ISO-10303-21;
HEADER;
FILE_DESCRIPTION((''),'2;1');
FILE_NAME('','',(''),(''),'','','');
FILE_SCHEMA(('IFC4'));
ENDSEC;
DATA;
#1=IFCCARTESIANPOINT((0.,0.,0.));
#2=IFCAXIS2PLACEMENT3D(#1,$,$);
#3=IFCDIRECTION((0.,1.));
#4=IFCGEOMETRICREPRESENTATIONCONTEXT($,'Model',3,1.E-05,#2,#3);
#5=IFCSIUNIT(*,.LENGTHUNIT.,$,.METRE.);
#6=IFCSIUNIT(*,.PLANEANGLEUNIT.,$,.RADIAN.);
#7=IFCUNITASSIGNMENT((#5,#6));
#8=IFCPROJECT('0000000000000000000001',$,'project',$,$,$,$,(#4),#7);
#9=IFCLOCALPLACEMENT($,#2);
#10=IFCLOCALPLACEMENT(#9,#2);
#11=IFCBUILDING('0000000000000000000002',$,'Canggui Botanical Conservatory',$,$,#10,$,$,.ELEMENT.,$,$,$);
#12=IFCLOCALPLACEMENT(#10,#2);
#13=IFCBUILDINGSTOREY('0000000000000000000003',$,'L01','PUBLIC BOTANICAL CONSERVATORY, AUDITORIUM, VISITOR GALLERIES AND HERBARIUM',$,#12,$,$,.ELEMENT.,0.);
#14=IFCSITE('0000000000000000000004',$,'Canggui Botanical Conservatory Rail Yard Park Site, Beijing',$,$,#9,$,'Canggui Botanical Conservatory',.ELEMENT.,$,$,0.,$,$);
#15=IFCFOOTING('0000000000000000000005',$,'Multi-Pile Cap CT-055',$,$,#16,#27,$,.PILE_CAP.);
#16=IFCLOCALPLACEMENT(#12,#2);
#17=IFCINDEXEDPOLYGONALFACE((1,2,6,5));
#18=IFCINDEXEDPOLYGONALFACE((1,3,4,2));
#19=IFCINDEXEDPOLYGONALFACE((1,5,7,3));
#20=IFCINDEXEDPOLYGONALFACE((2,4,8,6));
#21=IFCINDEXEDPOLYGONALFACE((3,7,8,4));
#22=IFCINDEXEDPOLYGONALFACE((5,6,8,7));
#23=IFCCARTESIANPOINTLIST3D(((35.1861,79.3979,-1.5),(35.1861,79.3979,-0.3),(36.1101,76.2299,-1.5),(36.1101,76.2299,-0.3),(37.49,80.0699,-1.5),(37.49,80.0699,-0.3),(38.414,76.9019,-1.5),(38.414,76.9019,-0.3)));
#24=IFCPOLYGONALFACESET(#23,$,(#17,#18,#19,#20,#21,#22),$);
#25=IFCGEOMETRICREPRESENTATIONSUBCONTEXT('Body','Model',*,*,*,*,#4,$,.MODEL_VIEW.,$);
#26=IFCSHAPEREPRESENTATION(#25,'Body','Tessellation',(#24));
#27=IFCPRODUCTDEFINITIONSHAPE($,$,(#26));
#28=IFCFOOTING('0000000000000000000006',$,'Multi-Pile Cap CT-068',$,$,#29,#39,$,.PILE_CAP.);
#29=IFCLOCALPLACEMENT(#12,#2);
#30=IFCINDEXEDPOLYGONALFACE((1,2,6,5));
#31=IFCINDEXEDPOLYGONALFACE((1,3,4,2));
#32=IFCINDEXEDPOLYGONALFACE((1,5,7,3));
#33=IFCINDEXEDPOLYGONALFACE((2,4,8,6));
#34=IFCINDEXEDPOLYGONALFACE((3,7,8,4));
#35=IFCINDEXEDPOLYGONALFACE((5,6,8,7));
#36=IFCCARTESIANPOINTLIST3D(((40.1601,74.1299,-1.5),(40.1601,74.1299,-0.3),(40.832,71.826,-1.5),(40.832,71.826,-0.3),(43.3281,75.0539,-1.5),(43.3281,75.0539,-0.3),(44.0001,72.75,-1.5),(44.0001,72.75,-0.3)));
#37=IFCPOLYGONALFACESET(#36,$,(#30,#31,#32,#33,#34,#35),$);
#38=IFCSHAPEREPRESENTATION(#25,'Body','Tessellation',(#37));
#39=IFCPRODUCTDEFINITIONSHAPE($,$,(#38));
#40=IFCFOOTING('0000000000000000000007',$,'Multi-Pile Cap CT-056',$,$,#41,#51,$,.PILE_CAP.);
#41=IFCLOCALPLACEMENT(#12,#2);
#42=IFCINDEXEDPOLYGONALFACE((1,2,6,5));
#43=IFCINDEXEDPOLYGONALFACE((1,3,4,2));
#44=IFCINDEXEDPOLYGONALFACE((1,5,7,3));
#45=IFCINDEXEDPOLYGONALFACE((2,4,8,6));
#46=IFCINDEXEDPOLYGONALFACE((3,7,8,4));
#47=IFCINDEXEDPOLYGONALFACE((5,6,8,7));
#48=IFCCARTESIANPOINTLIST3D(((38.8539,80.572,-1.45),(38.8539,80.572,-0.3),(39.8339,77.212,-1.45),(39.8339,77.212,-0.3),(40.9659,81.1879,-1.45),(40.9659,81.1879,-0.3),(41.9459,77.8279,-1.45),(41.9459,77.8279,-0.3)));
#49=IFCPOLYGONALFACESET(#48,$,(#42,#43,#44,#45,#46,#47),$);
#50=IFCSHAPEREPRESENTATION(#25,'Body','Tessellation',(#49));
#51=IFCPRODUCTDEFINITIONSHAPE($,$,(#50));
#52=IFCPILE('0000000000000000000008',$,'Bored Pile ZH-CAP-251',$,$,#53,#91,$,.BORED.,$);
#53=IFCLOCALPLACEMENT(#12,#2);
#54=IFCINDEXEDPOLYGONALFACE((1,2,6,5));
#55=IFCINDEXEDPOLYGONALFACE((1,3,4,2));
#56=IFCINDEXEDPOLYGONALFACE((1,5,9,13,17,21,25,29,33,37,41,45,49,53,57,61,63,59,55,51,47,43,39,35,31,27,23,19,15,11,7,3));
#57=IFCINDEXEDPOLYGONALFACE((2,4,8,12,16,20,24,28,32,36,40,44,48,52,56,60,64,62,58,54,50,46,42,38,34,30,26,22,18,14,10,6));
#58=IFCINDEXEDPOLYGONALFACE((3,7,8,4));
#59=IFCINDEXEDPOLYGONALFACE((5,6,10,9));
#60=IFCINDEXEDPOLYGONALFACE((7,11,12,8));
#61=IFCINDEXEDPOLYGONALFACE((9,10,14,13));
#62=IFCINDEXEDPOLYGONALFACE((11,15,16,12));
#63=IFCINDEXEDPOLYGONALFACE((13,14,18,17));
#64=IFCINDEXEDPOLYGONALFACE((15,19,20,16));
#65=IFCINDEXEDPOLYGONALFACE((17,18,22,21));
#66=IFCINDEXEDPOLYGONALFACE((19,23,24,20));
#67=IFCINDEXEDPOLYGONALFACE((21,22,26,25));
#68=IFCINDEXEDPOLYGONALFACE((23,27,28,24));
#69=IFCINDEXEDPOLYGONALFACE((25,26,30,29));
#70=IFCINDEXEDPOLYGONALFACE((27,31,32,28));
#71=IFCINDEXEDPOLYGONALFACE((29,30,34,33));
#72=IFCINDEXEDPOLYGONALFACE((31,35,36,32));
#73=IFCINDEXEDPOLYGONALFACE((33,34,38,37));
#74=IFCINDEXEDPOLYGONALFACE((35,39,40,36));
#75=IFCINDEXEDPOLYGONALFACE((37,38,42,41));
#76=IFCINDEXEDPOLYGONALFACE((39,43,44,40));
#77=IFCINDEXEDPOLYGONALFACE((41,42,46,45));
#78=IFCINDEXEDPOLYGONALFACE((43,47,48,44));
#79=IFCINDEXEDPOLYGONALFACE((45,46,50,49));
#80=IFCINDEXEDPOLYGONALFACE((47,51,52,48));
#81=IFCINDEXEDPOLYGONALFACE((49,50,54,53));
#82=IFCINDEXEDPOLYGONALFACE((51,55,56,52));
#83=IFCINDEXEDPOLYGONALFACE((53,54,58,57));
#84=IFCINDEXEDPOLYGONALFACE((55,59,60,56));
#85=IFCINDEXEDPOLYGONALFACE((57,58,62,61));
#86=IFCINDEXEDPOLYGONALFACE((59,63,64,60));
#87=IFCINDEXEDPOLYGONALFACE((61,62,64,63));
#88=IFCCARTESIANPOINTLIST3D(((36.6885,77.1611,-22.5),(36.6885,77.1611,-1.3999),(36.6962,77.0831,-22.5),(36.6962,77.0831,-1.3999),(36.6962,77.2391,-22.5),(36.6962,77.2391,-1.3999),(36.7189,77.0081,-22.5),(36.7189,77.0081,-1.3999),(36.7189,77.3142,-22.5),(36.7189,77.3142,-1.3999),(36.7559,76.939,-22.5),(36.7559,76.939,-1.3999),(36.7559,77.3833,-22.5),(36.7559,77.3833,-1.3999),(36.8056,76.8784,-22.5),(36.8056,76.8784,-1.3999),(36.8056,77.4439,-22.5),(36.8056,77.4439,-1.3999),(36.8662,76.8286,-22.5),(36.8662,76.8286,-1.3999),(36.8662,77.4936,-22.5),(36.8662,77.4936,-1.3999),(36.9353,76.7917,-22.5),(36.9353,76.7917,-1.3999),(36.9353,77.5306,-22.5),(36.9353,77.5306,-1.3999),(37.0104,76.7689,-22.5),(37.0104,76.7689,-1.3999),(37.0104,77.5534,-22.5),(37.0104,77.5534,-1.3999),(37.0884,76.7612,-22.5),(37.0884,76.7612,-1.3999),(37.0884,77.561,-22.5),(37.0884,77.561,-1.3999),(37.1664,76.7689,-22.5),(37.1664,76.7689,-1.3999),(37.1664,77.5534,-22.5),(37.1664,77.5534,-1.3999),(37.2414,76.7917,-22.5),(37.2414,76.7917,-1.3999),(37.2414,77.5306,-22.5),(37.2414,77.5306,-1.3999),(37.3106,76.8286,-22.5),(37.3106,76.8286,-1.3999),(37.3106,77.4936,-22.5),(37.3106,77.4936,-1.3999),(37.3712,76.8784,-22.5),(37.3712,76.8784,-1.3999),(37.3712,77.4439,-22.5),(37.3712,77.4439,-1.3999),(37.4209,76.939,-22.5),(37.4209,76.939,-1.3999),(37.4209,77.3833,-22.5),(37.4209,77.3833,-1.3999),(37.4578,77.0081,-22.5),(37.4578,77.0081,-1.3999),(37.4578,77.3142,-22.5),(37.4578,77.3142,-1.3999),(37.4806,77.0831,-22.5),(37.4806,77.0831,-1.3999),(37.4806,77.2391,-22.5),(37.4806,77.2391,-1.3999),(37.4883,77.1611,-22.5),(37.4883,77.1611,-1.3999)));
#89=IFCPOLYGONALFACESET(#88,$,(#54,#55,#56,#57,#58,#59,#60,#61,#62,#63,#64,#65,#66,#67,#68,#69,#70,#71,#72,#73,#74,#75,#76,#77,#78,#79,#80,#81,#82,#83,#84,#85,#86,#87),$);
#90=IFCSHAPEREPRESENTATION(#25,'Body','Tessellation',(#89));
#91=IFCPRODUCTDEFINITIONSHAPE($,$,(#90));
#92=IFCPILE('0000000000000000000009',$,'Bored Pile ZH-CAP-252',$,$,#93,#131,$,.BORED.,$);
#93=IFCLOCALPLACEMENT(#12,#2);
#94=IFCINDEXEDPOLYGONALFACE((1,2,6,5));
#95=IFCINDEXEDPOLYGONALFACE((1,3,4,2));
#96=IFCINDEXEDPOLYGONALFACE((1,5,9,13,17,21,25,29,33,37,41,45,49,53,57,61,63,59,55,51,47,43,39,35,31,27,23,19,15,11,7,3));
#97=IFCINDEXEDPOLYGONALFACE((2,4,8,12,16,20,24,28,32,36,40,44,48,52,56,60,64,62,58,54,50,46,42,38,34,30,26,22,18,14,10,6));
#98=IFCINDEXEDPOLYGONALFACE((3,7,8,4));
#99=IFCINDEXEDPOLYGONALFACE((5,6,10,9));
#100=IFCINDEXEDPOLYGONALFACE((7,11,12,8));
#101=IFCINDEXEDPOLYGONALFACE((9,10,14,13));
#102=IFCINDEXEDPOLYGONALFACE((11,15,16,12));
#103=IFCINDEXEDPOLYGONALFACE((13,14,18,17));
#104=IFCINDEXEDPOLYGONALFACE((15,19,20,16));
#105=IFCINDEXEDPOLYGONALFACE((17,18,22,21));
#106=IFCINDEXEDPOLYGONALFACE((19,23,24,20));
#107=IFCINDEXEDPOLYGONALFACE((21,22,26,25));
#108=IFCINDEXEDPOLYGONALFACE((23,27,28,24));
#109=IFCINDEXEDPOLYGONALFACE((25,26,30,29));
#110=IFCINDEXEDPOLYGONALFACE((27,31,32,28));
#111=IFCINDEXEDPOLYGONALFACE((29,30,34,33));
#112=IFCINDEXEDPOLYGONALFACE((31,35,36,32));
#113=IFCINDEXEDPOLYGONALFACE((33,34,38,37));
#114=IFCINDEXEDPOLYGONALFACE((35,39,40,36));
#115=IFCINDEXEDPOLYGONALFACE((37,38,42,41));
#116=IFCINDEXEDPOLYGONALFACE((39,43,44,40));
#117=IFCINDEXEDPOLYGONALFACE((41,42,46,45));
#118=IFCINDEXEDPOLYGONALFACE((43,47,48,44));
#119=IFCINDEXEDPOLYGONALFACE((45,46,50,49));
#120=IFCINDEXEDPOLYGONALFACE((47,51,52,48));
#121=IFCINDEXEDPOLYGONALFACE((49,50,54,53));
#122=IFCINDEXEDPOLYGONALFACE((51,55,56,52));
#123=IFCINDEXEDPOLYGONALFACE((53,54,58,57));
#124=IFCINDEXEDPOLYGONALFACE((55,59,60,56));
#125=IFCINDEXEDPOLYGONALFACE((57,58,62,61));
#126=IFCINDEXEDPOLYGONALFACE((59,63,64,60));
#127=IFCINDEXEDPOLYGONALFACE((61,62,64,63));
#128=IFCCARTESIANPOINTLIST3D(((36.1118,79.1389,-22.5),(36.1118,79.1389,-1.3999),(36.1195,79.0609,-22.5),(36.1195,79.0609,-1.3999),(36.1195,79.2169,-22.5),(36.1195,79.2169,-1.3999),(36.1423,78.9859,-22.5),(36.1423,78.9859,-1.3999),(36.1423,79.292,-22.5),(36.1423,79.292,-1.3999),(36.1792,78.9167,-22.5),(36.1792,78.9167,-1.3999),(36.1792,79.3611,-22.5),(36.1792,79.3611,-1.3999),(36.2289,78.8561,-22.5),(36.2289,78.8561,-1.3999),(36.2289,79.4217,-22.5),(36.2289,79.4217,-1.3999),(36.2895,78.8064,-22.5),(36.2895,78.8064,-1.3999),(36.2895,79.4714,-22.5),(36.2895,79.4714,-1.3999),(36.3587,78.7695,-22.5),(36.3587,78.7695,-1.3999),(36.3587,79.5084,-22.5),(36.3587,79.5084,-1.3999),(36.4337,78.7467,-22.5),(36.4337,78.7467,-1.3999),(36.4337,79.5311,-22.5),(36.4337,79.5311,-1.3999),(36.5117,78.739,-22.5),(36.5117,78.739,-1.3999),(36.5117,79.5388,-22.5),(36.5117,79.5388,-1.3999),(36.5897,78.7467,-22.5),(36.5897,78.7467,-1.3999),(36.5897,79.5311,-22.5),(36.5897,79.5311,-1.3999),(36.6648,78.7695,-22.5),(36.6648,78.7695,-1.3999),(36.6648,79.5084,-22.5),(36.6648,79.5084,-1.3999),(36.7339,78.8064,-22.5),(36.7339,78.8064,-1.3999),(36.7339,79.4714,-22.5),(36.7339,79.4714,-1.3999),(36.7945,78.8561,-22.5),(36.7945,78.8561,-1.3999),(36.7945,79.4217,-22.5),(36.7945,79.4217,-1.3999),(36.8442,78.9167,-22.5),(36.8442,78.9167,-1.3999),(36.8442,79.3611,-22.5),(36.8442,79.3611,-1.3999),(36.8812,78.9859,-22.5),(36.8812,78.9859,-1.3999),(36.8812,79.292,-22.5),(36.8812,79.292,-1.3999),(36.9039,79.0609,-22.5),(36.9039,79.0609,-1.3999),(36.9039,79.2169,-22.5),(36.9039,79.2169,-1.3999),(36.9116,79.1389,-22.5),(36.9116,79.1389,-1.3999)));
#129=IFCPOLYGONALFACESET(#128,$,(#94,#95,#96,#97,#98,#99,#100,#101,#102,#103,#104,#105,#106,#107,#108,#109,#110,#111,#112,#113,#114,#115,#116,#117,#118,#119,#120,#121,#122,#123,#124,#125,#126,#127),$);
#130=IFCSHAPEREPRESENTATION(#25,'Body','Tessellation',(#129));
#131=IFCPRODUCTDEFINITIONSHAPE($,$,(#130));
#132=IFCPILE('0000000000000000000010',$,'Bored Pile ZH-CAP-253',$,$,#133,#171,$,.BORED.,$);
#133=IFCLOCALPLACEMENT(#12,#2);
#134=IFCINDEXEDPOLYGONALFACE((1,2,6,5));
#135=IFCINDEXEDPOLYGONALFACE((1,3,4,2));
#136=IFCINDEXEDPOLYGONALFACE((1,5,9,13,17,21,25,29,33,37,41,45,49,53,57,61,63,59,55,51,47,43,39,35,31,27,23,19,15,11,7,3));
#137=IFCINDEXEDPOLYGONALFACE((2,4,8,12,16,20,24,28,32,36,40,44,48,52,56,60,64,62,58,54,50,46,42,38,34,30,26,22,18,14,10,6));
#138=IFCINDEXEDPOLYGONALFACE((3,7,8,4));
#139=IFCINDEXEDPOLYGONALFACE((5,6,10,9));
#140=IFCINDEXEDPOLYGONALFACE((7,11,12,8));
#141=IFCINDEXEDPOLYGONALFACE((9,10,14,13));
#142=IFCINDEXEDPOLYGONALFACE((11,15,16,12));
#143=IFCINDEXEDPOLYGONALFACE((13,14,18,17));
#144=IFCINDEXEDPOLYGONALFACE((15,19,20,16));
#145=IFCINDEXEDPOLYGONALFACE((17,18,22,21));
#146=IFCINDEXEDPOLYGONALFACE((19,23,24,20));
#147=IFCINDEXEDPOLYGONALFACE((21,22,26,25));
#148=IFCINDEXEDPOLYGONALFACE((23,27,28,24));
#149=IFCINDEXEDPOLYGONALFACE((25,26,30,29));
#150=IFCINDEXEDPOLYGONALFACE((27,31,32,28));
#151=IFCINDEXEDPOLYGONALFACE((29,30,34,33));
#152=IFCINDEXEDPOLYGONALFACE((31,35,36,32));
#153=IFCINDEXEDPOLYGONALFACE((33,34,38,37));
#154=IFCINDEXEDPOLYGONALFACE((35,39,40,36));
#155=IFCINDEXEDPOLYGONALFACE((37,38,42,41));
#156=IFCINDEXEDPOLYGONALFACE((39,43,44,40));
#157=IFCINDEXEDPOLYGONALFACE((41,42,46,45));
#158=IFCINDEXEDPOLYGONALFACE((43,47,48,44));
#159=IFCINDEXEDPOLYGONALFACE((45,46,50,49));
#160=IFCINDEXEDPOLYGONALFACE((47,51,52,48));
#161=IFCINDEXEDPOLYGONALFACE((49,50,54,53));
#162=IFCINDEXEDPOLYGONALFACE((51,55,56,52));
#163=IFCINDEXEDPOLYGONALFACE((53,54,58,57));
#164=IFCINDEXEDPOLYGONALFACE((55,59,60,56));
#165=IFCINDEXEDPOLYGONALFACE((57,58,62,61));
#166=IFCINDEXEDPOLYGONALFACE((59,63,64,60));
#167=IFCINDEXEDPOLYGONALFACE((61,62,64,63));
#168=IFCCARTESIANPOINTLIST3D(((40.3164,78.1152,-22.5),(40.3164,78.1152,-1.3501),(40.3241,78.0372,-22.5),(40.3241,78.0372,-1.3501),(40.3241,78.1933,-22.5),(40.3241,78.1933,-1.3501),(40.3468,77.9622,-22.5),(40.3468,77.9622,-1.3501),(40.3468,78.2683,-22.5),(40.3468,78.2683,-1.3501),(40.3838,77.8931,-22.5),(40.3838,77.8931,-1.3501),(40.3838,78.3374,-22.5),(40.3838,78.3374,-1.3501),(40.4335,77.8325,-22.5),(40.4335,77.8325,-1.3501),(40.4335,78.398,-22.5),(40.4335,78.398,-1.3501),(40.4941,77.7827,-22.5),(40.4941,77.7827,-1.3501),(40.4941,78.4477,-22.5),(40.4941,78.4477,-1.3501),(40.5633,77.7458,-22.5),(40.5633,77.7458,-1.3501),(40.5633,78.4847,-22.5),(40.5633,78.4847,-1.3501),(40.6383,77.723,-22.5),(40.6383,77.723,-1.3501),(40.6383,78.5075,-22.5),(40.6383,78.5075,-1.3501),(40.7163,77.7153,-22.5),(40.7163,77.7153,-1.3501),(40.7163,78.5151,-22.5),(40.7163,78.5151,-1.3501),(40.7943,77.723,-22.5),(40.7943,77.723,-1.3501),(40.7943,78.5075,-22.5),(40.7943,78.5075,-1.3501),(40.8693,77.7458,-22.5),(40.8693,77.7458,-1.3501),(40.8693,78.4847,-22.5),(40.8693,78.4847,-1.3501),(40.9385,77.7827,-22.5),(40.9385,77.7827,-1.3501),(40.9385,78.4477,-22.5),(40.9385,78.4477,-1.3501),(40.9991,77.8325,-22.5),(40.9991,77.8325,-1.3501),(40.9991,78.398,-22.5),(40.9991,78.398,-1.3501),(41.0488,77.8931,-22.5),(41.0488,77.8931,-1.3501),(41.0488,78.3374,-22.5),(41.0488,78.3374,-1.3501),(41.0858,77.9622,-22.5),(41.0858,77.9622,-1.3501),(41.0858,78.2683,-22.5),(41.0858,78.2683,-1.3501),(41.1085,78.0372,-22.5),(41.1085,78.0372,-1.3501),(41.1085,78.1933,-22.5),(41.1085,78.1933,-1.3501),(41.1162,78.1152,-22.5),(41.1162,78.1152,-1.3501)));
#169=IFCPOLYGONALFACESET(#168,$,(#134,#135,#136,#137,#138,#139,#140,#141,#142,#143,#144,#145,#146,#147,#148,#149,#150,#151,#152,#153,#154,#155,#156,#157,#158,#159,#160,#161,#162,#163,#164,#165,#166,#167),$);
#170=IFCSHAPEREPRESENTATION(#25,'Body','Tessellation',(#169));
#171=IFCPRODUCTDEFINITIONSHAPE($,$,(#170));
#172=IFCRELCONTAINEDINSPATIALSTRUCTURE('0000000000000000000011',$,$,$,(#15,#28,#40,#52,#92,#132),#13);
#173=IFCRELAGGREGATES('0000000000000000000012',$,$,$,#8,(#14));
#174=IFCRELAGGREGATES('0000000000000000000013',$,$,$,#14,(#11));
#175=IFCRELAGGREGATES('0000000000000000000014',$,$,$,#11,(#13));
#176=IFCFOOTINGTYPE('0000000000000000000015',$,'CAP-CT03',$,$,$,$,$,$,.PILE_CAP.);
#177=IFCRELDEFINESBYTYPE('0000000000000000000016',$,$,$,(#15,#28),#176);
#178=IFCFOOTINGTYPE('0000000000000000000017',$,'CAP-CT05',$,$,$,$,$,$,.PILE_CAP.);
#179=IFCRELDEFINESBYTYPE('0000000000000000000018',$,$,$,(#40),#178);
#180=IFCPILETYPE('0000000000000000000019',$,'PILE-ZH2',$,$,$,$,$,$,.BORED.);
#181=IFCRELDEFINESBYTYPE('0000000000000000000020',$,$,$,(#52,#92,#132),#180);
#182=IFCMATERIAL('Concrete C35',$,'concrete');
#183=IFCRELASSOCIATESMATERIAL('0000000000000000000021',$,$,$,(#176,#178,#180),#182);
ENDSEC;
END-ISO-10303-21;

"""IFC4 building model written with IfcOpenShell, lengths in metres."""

from ifc_helpers import new_model, si_unit, direction, frame, origin, origin_2d, place, context, subcontext, project, spatial, rectangle, circle, extrude, material, material_profile, profile_set, type_object, element, save


model = new_model("IFC4")

# Units and contexts
model_context = context("Model", 3, precision=1e-05, world=origin(), true_north=direction((0.0, 1.0)))
body_context = subcontext(model_context, "Body", "Model", "MODEL_VIEW")
ifc_project = project(units=[si_unit("LENGTHUNIT", "METRE"), si_unit("PLANEANGLEUNIT", "RADIAN")], contexts=[model_context])

# Site, building, storey
site_placement = place(None, origin())
site = spatial("IfcSite", under=ifc_project, at=site_placement, Name="Canggui Botanical Conservatory Rail Yard Park Site, Beijing", LongName="Canggui Botanical Conservatory", CompositionType="ELEMENT", RefElevation=0.0)
building_placement = place(site_placement, origin())
building = spatial("IfcBuilding", under=site, at=building_placement, Name="Canggui Botanical Conservatory", CompositionType="ELEMENT")
storey_placement = place(building_placement, origin())
storey = spatial("IfcBuildingStorey", under=building, at=storey_placement, Name="L01", Description="PUBLIC BOTANICAL CONSERVATORY, AUDITORIUM, VISITOR GALLERIES AND HERBARIUM", CompositionType="ELEMENT", Elevation=0.0)

# Footings
ifc_material_1 = material(Name="Concrete C35", Category="concrete")
footing_type_1 = type_object("IfcFootingType", Name="CAP-CT03", PredefinedType="PILE_CAP", material=ifc_material_1)
for number, where, z_axis, x_axis, name in (
    (1, (36.8, 78.1499, -1.5), (0.0, 0.0, 1.0), (-0.28, 0.96, 0.0), "Multi-Pile Cap CT-055"),
    (2, (42.0801, 73.4399, -1.5), (0.0, 0.0, 1.0), (0.96, 0.28, 0.0), "Multi-Pile Cap CT-068"),
):
    element("IfcFooting", number, at=place(storey_placement, frame(where, z_axis=z_axis, x_axis=x_axis)), inside=storey, type_object=footing_type_1, Name=name, PredefinedType="PILE_CAP", context=body_context, shape_type="SweptSolid", body=[
        extrude(rectangle(XDim=3.3, YDim=2.3999, at=origin_2d()), origin(), (0.0, 0.0, 1.0), 1.2),
    ])
footing_type_2 = type_object("IfcFootingType", Name="CAP-CT05", PredefinedType="PILE_CAP", material=ifc_material_1)
footing_placement = place(storey_placement, frame((40.3999, 79.2, -1.45), z_axis=(0.0, 0.0, 1.0), x_axis=(-0.28, 0.96, 0.0)))
element("IfcFooting", 3, at=footing_placement, inside=storey, type_object=footing_type_2, Name="Multi-Pile Cap CT-056", PredefinedType="PILE_CAP", context=body_context, shape_type="SweptSolid", body=[
    extrude(rectangle(XDim=3.5, YDim=2.2, at=origin_2d()), origin(), (0.0, 0.0, 1.0), 1.1499),
])

# Piles
ifc_material_profile_1 = material_profile(ifc_material_1, circle(Radius=0.3999, at=origin_2d()), Name="PILE D800")
ifc_profile_set_1 = profile_set([ifc_material_profile_1], Name="Concrete C35")
pile_type = type_object("IfcPileType", Name="PILE-ZH2", PredefinedType="BORED", material=ifc_profile_set_1)
for number, where, z_axis, x_axis, name in (
    (4, (37.0884, 77.1611, -1.3999), (0.0, 0.0, -1.0), (1.0, 0.0, 0.0), "Bored Pile ZH-CAP-251"),
    (5, (36.5117, 79.1389, -1.3999), (0.0, 0.0, -1.0), (1.0, 0.0, 0.0), "Bored Pile ZH-CAP-252"),
):
    element("IfcPile", number, at=place(storey_placement, frame(where, z_axis=z_axis, x_axis=x_axis)), inside=storey, type_object=pile_type, Name=name, PredefinedType="BORED", context=body_context, shape_type="SweptSolid", body=[
        extrude(circle(Radius=0.3999, at=origin_2d()), origin(), (0.0, 0.0, 1.0), 21.1001),
    ])
pile_placement = place(storey_placement, frame((40.7163, 78.1152, -1.3501), z_axis=(0.0, 0.0, -1.0), x_axis=(1.0, 0.0, 0.0)))
element("IfcPile", 6, at=pile_placement, inside=storey, type_object=pile_type, Name="Bored Pile ZH-CAP-253", PredefinedType="BORED", context=body_context, shape_type="SweptSolid", body=[
    extrude(circle(Radius=0.3999, at=origin_2d()), origin(), (0.0, 0.0, 1.0), 21.1499),
])

save(model, "model.ifc")
